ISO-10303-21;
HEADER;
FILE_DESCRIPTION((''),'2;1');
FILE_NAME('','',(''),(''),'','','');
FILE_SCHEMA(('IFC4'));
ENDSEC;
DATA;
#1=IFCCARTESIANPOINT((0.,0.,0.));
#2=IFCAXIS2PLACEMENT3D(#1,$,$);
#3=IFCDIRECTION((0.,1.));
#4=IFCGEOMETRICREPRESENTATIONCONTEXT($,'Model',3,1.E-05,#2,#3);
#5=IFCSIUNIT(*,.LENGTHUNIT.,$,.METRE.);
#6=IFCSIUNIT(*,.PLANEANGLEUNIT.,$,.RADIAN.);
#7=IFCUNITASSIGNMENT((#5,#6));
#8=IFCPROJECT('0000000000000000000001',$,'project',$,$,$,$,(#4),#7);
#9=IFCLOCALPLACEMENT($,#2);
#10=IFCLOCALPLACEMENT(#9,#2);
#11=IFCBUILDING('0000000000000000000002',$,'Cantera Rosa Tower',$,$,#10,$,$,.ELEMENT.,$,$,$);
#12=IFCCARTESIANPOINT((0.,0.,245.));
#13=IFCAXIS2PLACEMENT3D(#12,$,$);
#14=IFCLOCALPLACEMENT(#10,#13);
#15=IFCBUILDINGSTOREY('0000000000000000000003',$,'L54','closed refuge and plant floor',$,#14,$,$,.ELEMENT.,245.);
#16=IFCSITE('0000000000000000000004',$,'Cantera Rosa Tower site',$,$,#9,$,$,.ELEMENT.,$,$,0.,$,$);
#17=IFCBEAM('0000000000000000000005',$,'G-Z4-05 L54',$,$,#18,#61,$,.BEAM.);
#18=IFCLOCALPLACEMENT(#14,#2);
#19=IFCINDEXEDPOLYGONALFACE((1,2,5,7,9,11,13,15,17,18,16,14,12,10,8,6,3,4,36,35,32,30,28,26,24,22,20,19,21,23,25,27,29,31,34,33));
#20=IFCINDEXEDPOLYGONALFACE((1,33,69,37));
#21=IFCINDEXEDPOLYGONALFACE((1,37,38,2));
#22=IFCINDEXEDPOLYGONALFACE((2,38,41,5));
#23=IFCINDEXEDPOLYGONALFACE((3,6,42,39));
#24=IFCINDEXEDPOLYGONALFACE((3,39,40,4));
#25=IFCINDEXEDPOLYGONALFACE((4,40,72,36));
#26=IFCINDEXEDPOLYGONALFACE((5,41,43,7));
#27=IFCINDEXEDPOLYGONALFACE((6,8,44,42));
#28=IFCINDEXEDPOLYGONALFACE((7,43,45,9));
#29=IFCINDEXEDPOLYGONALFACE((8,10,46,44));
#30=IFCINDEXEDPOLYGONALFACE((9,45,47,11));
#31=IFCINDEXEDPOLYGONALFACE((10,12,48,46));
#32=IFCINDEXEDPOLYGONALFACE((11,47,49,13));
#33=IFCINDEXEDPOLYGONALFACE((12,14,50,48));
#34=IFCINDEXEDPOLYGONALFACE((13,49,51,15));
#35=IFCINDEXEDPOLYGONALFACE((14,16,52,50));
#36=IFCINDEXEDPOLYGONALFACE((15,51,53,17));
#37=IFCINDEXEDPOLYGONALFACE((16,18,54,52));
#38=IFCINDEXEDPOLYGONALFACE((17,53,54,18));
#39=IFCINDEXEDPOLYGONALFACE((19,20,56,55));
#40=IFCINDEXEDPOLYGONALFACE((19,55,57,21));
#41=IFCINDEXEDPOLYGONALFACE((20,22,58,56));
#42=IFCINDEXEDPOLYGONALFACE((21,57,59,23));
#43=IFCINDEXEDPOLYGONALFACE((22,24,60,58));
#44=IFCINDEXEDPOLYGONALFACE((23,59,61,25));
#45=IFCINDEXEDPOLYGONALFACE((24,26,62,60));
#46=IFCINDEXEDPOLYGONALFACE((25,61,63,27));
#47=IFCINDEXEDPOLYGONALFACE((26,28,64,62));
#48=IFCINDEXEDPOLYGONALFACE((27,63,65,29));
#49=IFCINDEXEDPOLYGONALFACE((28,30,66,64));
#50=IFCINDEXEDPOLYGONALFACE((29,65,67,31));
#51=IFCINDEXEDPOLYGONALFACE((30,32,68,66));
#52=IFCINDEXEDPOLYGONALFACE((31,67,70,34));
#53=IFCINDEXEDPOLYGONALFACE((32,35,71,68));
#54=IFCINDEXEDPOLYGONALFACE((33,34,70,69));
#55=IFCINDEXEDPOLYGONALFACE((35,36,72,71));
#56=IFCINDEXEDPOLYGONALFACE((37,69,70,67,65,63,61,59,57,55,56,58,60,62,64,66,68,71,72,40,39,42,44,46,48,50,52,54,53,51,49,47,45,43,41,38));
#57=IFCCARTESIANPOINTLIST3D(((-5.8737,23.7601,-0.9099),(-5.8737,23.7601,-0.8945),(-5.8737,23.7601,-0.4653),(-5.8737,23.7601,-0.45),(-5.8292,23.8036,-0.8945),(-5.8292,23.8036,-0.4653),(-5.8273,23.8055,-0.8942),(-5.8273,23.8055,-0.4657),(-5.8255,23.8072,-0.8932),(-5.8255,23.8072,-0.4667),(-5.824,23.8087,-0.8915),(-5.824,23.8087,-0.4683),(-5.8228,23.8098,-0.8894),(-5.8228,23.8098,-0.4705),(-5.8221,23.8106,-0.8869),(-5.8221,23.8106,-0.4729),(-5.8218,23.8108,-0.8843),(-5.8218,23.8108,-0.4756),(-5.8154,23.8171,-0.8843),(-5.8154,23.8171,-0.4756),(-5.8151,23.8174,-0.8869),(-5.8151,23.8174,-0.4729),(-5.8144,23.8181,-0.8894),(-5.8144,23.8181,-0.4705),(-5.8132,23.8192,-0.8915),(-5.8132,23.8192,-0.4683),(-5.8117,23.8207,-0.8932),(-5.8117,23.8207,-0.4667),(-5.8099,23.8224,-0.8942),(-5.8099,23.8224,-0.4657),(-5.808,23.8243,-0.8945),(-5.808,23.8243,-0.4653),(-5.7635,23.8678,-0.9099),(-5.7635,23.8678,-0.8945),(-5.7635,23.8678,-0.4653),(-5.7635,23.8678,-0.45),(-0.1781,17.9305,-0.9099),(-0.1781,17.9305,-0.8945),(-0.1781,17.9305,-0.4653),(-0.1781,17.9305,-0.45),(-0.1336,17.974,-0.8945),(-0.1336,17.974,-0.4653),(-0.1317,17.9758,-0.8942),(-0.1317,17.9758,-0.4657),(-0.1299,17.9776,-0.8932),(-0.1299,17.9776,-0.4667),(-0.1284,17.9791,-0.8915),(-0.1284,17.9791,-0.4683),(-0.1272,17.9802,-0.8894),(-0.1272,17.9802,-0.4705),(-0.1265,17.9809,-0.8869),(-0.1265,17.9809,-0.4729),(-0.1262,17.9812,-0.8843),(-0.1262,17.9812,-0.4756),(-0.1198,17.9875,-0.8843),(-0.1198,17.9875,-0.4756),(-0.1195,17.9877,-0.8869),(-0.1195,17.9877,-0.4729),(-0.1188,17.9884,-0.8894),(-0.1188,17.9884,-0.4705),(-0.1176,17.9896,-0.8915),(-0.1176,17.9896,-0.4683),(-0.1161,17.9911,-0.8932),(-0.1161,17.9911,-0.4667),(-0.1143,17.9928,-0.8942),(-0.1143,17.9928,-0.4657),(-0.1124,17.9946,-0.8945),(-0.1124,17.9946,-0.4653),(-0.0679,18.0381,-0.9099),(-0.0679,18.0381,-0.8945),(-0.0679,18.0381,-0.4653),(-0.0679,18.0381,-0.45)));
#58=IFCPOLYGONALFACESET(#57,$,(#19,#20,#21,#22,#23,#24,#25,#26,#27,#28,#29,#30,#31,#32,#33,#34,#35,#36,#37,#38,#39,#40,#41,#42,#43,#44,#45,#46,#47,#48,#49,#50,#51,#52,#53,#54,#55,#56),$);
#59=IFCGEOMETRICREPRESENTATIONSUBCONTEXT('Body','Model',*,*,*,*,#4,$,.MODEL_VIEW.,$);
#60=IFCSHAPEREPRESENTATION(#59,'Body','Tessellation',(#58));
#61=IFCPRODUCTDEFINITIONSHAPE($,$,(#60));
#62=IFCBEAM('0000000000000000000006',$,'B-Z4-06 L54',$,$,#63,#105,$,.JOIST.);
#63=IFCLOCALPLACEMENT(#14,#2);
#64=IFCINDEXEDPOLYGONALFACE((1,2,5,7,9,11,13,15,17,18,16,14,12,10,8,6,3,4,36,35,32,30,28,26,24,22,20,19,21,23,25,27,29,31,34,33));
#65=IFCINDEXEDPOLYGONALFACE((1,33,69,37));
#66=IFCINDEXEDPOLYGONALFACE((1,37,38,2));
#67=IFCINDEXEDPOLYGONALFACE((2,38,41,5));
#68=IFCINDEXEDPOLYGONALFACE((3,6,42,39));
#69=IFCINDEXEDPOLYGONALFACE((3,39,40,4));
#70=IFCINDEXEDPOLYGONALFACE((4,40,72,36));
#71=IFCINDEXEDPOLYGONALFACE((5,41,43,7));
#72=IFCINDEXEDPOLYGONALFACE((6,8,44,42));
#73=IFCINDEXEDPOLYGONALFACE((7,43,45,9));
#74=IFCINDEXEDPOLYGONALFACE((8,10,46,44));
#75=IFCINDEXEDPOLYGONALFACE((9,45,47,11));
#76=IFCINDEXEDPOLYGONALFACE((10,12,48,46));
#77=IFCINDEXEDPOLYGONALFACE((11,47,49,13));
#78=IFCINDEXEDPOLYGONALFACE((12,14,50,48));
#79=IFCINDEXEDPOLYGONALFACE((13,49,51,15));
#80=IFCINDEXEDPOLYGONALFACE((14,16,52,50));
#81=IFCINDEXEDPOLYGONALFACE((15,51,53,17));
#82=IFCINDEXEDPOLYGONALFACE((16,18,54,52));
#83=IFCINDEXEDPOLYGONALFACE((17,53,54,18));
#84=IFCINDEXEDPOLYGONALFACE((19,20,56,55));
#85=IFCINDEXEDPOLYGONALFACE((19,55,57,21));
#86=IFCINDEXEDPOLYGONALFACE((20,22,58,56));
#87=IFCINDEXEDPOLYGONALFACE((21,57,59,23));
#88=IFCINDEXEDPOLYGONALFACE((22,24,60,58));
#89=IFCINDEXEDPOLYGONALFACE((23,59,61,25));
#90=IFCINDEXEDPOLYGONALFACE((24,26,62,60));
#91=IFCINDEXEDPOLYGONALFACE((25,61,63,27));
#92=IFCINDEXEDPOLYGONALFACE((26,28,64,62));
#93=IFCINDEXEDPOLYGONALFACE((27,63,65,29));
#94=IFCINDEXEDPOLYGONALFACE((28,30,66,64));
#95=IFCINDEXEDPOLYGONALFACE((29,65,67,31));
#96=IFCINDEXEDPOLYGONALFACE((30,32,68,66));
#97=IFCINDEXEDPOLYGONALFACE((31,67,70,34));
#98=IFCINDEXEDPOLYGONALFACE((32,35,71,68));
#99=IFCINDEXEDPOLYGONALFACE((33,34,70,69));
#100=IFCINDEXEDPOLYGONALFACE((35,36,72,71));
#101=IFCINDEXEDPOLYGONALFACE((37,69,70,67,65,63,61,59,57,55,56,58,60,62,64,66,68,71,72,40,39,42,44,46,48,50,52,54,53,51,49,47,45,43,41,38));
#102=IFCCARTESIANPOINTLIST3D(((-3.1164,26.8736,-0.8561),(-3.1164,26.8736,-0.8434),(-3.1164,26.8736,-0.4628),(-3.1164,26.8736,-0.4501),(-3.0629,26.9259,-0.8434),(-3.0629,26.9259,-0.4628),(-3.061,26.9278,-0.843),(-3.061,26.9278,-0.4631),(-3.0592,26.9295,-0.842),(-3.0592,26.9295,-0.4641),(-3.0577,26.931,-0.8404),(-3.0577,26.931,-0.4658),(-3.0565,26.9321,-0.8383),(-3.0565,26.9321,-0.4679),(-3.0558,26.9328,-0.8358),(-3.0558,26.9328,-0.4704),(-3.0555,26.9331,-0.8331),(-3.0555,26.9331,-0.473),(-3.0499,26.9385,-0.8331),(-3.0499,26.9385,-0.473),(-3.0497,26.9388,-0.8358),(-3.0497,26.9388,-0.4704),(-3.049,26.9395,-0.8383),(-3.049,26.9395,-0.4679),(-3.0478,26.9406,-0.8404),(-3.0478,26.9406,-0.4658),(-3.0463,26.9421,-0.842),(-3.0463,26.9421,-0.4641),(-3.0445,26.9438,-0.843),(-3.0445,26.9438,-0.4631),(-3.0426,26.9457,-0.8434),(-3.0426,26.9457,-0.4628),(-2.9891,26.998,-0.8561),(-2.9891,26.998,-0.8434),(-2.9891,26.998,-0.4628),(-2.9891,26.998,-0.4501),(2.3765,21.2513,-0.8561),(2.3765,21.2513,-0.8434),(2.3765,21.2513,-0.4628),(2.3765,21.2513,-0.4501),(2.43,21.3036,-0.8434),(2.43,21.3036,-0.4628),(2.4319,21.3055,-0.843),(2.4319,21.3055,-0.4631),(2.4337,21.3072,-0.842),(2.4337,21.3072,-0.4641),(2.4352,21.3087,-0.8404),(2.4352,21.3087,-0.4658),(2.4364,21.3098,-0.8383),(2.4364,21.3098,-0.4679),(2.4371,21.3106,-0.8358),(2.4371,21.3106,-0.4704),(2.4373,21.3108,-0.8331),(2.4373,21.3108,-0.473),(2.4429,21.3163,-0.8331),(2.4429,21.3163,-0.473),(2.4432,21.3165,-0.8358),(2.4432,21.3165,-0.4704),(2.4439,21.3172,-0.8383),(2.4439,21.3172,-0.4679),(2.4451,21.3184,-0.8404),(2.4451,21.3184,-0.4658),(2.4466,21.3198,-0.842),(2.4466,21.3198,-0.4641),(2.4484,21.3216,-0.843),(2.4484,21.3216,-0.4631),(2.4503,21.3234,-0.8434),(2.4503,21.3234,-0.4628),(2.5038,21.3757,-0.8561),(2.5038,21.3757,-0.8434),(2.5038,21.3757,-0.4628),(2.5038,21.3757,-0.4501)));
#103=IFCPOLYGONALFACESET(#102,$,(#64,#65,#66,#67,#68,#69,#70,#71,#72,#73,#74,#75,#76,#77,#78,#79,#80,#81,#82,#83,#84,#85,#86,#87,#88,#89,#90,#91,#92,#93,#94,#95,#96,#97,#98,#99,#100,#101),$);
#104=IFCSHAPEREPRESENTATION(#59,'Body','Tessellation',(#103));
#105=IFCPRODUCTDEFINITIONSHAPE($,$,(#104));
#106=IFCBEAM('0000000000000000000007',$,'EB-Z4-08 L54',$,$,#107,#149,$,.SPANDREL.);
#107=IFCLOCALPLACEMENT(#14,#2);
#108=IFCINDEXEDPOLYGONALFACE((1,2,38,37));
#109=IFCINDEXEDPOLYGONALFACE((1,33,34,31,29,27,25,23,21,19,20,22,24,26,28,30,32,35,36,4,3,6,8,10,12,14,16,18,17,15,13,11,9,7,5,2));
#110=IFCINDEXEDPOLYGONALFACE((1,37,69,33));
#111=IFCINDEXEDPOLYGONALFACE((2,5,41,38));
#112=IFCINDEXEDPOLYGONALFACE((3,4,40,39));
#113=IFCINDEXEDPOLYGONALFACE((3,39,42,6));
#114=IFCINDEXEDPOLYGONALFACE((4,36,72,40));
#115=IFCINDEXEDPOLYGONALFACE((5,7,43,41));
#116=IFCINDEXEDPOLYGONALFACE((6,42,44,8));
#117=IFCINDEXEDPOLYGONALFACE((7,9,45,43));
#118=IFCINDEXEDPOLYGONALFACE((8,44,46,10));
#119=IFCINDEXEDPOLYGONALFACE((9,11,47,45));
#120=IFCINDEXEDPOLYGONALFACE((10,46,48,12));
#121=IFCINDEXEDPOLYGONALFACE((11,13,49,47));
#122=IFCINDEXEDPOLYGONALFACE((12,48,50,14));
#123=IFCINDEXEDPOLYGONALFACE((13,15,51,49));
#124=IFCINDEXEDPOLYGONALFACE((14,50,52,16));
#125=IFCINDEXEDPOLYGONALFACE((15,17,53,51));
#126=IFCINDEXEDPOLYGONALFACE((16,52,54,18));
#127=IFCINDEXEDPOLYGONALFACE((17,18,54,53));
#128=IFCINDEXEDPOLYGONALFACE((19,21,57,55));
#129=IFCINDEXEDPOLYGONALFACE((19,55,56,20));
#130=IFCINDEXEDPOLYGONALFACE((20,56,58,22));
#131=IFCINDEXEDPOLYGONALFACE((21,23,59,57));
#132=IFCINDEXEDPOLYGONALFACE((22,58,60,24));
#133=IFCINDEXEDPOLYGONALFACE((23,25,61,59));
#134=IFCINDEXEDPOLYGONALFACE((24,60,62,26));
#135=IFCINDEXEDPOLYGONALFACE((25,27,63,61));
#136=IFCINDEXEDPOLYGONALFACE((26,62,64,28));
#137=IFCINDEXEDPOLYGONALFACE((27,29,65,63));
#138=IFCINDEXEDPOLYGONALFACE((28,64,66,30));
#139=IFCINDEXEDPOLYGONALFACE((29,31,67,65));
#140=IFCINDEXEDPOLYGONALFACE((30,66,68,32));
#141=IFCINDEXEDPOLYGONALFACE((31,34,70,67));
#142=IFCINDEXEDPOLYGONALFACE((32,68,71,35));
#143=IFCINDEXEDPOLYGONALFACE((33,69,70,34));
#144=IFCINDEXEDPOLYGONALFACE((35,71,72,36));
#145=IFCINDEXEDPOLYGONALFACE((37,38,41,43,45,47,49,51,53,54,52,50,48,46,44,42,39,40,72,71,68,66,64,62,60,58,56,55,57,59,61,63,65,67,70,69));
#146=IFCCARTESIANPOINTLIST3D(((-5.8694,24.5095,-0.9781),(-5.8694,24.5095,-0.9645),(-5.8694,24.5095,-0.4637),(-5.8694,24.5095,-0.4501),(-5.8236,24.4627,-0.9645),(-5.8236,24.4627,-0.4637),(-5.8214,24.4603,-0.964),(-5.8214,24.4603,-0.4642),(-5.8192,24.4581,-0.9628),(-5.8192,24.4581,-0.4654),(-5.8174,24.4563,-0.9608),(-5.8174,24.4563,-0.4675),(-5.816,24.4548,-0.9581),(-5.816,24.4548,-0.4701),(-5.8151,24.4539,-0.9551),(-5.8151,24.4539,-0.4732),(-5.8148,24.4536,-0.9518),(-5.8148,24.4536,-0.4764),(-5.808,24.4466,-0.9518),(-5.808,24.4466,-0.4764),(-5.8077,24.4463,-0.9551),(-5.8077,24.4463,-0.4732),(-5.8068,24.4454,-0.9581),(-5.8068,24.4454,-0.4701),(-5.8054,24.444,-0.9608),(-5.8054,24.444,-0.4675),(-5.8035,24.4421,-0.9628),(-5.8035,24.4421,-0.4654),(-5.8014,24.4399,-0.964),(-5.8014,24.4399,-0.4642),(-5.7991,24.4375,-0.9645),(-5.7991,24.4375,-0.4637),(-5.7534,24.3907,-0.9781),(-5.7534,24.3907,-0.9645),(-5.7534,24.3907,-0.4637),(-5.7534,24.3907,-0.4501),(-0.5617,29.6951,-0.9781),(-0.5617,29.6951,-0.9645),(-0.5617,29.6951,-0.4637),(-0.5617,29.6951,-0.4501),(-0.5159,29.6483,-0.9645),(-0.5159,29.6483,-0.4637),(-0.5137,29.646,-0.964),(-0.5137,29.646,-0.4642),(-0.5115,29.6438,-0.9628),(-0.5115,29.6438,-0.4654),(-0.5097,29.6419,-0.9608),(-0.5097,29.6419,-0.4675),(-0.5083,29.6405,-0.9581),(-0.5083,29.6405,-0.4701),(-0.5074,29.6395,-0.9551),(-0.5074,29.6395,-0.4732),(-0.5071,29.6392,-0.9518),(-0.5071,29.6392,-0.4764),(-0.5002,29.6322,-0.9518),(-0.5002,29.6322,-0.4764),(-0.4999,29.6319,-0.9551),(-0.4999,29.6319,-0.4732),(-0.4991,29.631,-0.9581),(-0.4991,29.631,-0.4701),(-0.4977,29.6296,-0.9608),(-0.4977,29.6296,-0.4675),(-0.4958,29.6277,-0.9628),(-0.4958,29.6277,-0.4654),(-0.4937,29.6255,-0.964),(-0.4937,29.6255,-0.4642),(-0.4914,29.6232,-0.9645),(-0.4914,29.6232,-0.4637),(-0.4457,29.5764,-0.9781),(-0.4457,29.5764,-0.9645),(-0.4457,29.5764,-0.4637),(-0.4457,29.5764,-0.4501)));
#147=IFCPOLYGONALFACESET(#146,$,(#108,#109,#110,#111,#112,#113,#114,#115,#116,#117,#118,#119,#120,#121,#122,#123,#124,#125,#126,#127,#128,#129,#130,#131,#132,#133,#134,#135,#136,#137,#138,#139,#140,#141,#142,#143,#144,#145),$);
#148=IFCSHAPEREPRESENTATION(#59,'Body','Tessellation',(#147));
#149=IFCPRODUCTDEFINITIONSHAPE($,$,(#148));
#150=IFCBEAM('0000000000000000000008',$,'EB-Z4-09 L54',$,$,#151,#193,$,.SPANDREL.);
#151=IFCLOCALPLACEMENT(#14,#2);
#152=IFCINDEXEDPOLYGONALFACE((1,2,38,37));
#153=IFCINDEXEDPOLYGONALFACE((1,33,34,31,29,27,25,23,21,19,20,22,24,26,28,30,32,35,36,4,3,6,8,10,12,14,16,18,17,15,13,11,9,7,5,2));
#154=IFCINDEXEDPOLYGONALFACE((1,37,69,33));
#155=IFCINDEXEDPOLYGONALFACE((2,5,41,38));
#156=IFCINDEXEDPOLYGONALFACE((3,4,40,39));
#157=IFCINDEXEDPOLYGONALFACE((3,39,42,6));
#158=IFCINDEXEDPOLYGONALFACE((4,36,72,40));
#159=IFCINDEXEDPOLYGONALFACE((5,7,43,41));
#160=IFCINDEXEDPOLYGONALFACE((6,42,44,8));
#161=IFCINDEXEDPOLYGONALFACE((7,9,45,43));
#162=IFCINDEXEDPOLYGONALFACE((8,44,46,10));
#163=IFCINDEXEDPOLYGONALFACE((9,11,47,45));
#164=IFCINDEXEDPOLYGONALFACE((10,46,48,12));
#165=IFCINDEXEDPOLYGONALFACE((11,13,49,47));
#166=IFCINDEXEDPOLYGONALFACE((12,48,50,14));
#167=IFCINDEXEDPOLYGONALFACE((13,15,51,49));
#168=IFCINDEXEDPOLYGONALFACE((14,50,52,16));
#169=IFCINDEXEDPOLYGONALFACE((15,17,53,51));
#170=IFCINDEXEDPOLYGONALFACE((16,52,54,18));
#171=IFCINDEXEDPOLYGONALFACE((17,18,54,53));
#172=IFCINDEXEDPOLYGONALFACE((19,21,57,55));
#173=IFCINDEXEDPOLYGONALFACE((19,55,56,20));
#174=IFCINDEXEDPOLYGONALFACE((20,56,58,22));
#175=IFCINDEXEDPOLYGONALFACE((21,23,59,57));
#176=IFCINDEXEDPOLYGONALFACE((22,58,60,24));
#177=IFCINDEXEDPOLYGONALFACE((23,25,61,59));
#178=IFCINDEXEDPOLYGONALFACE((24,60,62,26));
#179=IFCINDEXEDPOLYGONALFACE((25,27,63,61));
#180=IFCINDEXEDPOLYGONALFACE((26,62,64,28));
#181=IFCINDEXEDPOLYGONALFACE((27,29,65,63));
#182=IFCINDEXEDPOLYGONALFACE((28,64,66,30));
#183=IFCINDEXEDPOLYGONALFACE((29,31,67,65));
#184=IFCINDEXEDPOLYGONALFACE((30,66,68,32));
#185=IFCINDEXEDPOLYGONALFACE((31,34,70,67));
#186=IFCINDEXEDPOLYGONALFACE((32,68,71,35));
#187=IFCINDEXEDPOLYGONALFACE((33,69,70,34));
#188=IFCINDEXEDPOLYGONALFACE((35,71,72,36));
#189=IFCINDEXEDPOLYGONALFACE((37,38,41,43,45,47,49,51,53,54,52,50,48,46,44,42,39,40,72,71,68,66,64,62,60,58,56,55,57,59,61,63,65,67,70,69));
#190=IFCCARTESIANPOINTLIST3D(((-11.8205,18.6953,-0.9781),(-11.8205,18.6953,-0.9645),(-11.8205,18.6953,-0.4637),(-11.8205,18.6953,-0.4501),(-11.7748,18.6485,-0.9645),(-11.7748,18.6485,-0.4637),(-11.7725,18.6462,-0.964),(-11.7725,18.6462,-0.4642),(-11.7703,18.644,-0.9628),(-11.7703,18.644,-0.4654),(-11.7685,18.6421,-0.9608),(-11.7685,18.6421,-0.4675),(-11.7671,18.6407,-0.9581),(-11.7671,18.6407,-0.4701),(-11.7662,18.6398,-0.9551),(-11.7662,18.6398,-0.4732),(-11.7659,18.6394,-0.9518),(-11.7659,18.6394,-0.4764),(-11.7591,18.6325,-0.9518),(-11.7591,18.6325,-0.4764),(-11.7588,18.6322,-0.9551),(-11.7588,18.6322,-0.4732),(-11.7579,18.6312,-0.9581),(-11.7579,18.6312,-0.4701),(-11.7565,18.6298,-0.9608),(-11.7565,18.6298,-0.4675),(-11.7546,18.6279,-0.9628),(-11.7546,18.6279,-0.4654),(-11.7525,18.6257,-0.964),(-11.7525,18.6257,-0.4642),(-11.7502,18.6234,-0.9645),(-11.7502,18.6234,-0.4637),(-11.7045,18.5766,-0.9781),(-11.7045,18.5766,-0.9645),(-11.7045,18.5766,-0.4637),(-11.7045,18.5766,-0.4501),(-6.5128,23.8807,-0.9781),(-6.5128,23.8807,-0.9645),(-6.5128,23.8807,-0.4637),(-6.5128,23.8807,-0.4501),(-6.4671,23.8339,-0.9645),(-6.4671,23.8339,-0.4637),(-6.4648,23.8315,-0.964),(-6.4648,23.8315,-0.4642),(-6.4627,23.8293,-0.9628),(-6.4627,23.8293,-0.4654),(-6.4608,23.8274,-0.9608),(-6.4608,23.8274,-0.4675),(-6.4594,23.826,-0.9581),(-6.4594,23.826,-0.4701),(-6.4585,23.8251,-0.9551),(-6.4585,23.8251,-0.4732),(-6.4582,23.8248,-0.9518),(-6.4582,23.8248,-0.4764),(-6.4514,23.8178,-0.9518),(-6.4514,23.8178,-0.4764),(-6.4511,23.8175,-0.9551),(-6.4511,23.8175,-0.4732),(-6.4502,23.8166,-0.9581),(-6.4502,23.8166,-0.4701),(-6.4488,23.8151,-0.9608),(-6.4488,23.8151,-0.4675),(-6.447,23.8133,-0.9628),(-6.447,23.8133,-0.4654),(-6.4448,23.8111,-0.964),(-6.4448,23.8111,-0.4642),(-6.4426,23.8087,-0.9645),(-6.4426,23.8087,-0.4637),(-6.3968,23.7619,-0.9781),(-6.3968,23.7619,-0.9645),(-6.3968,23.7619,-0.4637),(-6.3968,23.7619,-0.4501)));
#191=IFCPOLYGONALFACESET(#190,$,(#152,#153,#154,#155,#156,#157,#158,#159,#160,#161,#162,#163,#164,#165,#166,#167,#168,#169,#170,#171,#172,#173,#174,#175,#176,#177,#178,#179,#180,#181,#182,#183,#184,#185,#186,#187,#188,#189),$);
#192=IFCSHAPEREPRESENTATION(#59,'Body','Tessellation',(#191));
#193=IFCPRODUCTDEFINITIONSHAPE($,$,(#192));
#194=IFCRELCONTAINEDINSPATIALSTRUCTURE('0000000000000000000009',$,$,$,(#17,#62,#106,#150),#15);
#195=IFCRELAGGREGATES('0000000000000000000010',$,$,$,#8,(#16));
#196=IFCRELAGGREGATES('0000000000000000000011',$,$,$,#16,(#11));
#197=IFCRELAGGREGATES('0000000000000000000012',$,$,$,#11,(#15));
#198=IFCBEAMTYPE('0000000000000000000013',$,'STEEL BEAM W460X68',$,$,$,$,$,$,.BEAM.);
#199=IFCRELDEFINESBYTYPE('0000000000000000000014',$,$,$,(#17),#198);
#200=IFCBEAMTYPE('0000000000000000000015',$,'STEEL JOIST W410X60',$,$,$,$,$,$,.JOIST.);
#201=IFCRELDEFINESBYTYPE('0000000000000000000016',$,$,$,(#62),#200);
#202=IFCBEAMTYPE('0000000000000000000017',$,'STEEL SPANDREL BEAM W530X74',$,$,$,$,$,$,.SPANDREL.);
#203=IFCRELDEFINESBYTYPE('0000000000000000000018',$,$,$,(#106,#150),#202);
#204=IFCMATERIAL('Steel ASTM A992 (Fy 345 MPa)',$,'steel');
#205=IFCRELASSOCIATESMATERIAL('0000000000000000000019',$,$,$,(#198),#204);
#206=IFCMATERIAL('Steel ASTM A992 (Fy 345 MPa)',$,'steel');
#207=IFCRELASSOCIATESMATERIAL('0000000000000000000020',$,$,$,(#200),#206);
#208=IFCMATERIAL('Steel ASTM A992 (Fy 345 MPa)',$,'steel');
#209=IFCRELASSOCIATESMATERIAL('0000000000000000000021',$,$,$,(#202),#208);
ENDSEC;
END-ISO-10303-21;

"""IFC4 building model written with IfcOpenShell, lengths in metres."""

from ifc_helpers import new_model, si_unit, direction, frame, origin, origin_2d, place, context, subcontext, project, spatial, i_section, extrude, material, material_profile, profile_set, type_object, element, save


model = new_model("IFC4")

# Units and contexts
model_context = context("Model", 3, precision=1e-05, world=origin(), true_north=direction((0.0, 1.0)))
body_context = subcontext(model_context, "Body", "Model", "MODEL_VIEW")
ifc_project = project(units=[si_unit("LENGTHUNIT", "METRE"), si_unit("PLANEANGLEUNIT", "RADIAN")], contexts=[model_context])

# Site, building, storey
site_placement = place(None, origin())
site = spatial("IfcSite", under=ifc_project, at=site_placement, Name="Cantera Rosa Tower site", CompositionType="ELEMENT", RefElevation=0.0)
building_placement = place(site_placement, origin())
building = spatial("IfcBuilding", under=site, at=building_placement, Name="Cantera Rosa Tower", CompositionType="ELEMENT")
storey_placement = place(building_placement, frame((0.0, 0.0, 245.0)))
storey = spatial("IfcBuildingStorey", under=building, at=storey_placement, Name="L54", Description="closed refuge and plant floor", CompositionType="ELEMENT", Elevation=245.0)

# Beams
ifc_material_1 = material(Name="Steel ASTM A992 (Fy 345 MPa)", Category="steel")
ifc_material_profile_1 = material_profile(ifc_material_1, i_section(OverallWidth=0.1541, OverallDepth=0.46, WebThickness=0.009, FlangeThickness=0.0154, FilletRadius=0.0103, at=origin_2d()), Name="W460X68")
ifc_profile_set_1 = profile_set([ifc_material_profile_1], Name="Steel ASTM A992 (Fy 345 MPa)")
beam_type_1 = type_object("IfcBeamType", Name="STEEL BEAM W460X68", PredefinedType="BEAM", material=ifc_profile_set_1)
beam_1_placement = place(storey_placement, frame((-5.8186, 23.814, -0.6799), z_axis=(0.698836, -0.715282, 0.0), x_axis=(0.715282, 0.698836, 0.0)))
element("IfcBeam", 1, at=beam_1_placement, inside=storey, type_object=beam_type_1, Name="G-Z4-05 L54", PredefinedType="BEAM", context=body_context, shape_type="SweptSolid", body=[
    extrude(i_section(OverallWidth=0.1541, OverallDepth=0.46, WebThickness=0.009, FlangeThickness=0.0154, FilletRadius=0.0103, at=origin_2d()), origin(), (0.0, 0.0, 1.0), 8.1501),
])
ifc_material_2 = material(Name="Steel ASTM A992 (Fy 345 MPa)", Category="steel")
ifc_material_profile_2 = material_profile(ifc_material_2, i_section(OverallWidth=0.178, OverallDepth=0.406, WebThickness=0.0078, FlangeThickness=0.0127, FilletRadius=0.0103, at=origin_2d()), Name="W410X60")
ifc_profile_set_2 = profile_set([ifc_material_profile_2], Name="Steel ASTM A992 (Fy 345 MPa)")
beam_type_2 = type_object("IfcBeamType", Name="STEEL JOIST W410X60", PredefinedType="JOIST", material=ifc_profile_set_2)
beam_2_placement = place(storey_placement, frame((-3.0527, 26.9358, -0.6531), z_axis=(0.698828, -0.71529, 0.0), x_axis=(0.71529, 0.698828, 0.0)))
element("IfcBeam", 2, at=beam_2_placement, inside=storey, type_object=beam_type_2, Name="B-Z4-06 L54", PredefinedType="JOIST", context=body_context, shape_type="SweptSolid", body=[
    extrude(i_section(OverallWidth=0.178, OverallDepth=0.406, WebThickness=0.0078, FlangeThickness=0.0127, FilletRadius=0.0103, at=origin_2d()), origin(), (0.0, 0.0, 1.0), 7.8601),
])
ifc_material_3 = material(Name="Steel ASTM A992 (Fy 345 MPa)", Category="steel")
ifc_material_profile_3 = material_profile(ifc_material_3, i_section(OverallWidth=0.166, OverallDepth=0.5281, WebThickness=0.0098, FlangeThickness=0.0137, FilletRadius=0.0127, at=origin_2d()), Name="W530X74")
ifc_profile_set_3 = profile_set([ifc_material_profile_3], Name="Steel ASTM A992 (Fy 345 MPa)")
beam_type_3 = type_object("IfcBeamType", Name="STEEL SPANDREL BEAM W530X74", PredefinedType="SPANDREL", material=ifc_profile_set_3)
beam_3_placement = place(storey_placement, frame((-0.5037, 29.6357, -0.7141), z_axis=(-0.715284, -0.698833, 0.0), x_axis=(0.698833, -0.715284, 0.0)))
element("IfcBeam", 3, at=beam_3_placement, inside=storey, type_object=beam_type_3, Name="EB-Z4-08 L54", PredefinedType="SPANDREL", context=body_context, shape_type="SweptSolid", body=[
    extrude(i_section(OverallWidth=0.166, OverallDepth=0.5281, WebThickness=0.0098, FlangeThickness=0.0137, FilletRadius=0.0127, at=origin_2d()), origin(), (0.0, 0.0, 1.0), 7.4204),
])
beam_4_placement = place(storey_placement, frame((-6.4548, 23.8213, -0.7141), z_axis=(-0.715301, -0.698817, 0.0), x_axis=(0.698817, -0.715301, 0.0)))
element("IfcBeam", 4, at=beam_4_placement, inside=storey, type_object=beam_type_3, Name="EB-Z4-09 L54", PredefinedType="SPANDREL", context=body_context, shape_type="SweptSolid", body=[
    extrude(i_section(OverallWidth=0.166, OverallDepth=0.5281, WebThickness=0.0098, FlangeThickness=0.0137, FilletRadius=0.0127, at=origin_2d()), origin(), (0.0, 0.0, 1.0), 7.4202),
])

save(model, "model.ifc")
